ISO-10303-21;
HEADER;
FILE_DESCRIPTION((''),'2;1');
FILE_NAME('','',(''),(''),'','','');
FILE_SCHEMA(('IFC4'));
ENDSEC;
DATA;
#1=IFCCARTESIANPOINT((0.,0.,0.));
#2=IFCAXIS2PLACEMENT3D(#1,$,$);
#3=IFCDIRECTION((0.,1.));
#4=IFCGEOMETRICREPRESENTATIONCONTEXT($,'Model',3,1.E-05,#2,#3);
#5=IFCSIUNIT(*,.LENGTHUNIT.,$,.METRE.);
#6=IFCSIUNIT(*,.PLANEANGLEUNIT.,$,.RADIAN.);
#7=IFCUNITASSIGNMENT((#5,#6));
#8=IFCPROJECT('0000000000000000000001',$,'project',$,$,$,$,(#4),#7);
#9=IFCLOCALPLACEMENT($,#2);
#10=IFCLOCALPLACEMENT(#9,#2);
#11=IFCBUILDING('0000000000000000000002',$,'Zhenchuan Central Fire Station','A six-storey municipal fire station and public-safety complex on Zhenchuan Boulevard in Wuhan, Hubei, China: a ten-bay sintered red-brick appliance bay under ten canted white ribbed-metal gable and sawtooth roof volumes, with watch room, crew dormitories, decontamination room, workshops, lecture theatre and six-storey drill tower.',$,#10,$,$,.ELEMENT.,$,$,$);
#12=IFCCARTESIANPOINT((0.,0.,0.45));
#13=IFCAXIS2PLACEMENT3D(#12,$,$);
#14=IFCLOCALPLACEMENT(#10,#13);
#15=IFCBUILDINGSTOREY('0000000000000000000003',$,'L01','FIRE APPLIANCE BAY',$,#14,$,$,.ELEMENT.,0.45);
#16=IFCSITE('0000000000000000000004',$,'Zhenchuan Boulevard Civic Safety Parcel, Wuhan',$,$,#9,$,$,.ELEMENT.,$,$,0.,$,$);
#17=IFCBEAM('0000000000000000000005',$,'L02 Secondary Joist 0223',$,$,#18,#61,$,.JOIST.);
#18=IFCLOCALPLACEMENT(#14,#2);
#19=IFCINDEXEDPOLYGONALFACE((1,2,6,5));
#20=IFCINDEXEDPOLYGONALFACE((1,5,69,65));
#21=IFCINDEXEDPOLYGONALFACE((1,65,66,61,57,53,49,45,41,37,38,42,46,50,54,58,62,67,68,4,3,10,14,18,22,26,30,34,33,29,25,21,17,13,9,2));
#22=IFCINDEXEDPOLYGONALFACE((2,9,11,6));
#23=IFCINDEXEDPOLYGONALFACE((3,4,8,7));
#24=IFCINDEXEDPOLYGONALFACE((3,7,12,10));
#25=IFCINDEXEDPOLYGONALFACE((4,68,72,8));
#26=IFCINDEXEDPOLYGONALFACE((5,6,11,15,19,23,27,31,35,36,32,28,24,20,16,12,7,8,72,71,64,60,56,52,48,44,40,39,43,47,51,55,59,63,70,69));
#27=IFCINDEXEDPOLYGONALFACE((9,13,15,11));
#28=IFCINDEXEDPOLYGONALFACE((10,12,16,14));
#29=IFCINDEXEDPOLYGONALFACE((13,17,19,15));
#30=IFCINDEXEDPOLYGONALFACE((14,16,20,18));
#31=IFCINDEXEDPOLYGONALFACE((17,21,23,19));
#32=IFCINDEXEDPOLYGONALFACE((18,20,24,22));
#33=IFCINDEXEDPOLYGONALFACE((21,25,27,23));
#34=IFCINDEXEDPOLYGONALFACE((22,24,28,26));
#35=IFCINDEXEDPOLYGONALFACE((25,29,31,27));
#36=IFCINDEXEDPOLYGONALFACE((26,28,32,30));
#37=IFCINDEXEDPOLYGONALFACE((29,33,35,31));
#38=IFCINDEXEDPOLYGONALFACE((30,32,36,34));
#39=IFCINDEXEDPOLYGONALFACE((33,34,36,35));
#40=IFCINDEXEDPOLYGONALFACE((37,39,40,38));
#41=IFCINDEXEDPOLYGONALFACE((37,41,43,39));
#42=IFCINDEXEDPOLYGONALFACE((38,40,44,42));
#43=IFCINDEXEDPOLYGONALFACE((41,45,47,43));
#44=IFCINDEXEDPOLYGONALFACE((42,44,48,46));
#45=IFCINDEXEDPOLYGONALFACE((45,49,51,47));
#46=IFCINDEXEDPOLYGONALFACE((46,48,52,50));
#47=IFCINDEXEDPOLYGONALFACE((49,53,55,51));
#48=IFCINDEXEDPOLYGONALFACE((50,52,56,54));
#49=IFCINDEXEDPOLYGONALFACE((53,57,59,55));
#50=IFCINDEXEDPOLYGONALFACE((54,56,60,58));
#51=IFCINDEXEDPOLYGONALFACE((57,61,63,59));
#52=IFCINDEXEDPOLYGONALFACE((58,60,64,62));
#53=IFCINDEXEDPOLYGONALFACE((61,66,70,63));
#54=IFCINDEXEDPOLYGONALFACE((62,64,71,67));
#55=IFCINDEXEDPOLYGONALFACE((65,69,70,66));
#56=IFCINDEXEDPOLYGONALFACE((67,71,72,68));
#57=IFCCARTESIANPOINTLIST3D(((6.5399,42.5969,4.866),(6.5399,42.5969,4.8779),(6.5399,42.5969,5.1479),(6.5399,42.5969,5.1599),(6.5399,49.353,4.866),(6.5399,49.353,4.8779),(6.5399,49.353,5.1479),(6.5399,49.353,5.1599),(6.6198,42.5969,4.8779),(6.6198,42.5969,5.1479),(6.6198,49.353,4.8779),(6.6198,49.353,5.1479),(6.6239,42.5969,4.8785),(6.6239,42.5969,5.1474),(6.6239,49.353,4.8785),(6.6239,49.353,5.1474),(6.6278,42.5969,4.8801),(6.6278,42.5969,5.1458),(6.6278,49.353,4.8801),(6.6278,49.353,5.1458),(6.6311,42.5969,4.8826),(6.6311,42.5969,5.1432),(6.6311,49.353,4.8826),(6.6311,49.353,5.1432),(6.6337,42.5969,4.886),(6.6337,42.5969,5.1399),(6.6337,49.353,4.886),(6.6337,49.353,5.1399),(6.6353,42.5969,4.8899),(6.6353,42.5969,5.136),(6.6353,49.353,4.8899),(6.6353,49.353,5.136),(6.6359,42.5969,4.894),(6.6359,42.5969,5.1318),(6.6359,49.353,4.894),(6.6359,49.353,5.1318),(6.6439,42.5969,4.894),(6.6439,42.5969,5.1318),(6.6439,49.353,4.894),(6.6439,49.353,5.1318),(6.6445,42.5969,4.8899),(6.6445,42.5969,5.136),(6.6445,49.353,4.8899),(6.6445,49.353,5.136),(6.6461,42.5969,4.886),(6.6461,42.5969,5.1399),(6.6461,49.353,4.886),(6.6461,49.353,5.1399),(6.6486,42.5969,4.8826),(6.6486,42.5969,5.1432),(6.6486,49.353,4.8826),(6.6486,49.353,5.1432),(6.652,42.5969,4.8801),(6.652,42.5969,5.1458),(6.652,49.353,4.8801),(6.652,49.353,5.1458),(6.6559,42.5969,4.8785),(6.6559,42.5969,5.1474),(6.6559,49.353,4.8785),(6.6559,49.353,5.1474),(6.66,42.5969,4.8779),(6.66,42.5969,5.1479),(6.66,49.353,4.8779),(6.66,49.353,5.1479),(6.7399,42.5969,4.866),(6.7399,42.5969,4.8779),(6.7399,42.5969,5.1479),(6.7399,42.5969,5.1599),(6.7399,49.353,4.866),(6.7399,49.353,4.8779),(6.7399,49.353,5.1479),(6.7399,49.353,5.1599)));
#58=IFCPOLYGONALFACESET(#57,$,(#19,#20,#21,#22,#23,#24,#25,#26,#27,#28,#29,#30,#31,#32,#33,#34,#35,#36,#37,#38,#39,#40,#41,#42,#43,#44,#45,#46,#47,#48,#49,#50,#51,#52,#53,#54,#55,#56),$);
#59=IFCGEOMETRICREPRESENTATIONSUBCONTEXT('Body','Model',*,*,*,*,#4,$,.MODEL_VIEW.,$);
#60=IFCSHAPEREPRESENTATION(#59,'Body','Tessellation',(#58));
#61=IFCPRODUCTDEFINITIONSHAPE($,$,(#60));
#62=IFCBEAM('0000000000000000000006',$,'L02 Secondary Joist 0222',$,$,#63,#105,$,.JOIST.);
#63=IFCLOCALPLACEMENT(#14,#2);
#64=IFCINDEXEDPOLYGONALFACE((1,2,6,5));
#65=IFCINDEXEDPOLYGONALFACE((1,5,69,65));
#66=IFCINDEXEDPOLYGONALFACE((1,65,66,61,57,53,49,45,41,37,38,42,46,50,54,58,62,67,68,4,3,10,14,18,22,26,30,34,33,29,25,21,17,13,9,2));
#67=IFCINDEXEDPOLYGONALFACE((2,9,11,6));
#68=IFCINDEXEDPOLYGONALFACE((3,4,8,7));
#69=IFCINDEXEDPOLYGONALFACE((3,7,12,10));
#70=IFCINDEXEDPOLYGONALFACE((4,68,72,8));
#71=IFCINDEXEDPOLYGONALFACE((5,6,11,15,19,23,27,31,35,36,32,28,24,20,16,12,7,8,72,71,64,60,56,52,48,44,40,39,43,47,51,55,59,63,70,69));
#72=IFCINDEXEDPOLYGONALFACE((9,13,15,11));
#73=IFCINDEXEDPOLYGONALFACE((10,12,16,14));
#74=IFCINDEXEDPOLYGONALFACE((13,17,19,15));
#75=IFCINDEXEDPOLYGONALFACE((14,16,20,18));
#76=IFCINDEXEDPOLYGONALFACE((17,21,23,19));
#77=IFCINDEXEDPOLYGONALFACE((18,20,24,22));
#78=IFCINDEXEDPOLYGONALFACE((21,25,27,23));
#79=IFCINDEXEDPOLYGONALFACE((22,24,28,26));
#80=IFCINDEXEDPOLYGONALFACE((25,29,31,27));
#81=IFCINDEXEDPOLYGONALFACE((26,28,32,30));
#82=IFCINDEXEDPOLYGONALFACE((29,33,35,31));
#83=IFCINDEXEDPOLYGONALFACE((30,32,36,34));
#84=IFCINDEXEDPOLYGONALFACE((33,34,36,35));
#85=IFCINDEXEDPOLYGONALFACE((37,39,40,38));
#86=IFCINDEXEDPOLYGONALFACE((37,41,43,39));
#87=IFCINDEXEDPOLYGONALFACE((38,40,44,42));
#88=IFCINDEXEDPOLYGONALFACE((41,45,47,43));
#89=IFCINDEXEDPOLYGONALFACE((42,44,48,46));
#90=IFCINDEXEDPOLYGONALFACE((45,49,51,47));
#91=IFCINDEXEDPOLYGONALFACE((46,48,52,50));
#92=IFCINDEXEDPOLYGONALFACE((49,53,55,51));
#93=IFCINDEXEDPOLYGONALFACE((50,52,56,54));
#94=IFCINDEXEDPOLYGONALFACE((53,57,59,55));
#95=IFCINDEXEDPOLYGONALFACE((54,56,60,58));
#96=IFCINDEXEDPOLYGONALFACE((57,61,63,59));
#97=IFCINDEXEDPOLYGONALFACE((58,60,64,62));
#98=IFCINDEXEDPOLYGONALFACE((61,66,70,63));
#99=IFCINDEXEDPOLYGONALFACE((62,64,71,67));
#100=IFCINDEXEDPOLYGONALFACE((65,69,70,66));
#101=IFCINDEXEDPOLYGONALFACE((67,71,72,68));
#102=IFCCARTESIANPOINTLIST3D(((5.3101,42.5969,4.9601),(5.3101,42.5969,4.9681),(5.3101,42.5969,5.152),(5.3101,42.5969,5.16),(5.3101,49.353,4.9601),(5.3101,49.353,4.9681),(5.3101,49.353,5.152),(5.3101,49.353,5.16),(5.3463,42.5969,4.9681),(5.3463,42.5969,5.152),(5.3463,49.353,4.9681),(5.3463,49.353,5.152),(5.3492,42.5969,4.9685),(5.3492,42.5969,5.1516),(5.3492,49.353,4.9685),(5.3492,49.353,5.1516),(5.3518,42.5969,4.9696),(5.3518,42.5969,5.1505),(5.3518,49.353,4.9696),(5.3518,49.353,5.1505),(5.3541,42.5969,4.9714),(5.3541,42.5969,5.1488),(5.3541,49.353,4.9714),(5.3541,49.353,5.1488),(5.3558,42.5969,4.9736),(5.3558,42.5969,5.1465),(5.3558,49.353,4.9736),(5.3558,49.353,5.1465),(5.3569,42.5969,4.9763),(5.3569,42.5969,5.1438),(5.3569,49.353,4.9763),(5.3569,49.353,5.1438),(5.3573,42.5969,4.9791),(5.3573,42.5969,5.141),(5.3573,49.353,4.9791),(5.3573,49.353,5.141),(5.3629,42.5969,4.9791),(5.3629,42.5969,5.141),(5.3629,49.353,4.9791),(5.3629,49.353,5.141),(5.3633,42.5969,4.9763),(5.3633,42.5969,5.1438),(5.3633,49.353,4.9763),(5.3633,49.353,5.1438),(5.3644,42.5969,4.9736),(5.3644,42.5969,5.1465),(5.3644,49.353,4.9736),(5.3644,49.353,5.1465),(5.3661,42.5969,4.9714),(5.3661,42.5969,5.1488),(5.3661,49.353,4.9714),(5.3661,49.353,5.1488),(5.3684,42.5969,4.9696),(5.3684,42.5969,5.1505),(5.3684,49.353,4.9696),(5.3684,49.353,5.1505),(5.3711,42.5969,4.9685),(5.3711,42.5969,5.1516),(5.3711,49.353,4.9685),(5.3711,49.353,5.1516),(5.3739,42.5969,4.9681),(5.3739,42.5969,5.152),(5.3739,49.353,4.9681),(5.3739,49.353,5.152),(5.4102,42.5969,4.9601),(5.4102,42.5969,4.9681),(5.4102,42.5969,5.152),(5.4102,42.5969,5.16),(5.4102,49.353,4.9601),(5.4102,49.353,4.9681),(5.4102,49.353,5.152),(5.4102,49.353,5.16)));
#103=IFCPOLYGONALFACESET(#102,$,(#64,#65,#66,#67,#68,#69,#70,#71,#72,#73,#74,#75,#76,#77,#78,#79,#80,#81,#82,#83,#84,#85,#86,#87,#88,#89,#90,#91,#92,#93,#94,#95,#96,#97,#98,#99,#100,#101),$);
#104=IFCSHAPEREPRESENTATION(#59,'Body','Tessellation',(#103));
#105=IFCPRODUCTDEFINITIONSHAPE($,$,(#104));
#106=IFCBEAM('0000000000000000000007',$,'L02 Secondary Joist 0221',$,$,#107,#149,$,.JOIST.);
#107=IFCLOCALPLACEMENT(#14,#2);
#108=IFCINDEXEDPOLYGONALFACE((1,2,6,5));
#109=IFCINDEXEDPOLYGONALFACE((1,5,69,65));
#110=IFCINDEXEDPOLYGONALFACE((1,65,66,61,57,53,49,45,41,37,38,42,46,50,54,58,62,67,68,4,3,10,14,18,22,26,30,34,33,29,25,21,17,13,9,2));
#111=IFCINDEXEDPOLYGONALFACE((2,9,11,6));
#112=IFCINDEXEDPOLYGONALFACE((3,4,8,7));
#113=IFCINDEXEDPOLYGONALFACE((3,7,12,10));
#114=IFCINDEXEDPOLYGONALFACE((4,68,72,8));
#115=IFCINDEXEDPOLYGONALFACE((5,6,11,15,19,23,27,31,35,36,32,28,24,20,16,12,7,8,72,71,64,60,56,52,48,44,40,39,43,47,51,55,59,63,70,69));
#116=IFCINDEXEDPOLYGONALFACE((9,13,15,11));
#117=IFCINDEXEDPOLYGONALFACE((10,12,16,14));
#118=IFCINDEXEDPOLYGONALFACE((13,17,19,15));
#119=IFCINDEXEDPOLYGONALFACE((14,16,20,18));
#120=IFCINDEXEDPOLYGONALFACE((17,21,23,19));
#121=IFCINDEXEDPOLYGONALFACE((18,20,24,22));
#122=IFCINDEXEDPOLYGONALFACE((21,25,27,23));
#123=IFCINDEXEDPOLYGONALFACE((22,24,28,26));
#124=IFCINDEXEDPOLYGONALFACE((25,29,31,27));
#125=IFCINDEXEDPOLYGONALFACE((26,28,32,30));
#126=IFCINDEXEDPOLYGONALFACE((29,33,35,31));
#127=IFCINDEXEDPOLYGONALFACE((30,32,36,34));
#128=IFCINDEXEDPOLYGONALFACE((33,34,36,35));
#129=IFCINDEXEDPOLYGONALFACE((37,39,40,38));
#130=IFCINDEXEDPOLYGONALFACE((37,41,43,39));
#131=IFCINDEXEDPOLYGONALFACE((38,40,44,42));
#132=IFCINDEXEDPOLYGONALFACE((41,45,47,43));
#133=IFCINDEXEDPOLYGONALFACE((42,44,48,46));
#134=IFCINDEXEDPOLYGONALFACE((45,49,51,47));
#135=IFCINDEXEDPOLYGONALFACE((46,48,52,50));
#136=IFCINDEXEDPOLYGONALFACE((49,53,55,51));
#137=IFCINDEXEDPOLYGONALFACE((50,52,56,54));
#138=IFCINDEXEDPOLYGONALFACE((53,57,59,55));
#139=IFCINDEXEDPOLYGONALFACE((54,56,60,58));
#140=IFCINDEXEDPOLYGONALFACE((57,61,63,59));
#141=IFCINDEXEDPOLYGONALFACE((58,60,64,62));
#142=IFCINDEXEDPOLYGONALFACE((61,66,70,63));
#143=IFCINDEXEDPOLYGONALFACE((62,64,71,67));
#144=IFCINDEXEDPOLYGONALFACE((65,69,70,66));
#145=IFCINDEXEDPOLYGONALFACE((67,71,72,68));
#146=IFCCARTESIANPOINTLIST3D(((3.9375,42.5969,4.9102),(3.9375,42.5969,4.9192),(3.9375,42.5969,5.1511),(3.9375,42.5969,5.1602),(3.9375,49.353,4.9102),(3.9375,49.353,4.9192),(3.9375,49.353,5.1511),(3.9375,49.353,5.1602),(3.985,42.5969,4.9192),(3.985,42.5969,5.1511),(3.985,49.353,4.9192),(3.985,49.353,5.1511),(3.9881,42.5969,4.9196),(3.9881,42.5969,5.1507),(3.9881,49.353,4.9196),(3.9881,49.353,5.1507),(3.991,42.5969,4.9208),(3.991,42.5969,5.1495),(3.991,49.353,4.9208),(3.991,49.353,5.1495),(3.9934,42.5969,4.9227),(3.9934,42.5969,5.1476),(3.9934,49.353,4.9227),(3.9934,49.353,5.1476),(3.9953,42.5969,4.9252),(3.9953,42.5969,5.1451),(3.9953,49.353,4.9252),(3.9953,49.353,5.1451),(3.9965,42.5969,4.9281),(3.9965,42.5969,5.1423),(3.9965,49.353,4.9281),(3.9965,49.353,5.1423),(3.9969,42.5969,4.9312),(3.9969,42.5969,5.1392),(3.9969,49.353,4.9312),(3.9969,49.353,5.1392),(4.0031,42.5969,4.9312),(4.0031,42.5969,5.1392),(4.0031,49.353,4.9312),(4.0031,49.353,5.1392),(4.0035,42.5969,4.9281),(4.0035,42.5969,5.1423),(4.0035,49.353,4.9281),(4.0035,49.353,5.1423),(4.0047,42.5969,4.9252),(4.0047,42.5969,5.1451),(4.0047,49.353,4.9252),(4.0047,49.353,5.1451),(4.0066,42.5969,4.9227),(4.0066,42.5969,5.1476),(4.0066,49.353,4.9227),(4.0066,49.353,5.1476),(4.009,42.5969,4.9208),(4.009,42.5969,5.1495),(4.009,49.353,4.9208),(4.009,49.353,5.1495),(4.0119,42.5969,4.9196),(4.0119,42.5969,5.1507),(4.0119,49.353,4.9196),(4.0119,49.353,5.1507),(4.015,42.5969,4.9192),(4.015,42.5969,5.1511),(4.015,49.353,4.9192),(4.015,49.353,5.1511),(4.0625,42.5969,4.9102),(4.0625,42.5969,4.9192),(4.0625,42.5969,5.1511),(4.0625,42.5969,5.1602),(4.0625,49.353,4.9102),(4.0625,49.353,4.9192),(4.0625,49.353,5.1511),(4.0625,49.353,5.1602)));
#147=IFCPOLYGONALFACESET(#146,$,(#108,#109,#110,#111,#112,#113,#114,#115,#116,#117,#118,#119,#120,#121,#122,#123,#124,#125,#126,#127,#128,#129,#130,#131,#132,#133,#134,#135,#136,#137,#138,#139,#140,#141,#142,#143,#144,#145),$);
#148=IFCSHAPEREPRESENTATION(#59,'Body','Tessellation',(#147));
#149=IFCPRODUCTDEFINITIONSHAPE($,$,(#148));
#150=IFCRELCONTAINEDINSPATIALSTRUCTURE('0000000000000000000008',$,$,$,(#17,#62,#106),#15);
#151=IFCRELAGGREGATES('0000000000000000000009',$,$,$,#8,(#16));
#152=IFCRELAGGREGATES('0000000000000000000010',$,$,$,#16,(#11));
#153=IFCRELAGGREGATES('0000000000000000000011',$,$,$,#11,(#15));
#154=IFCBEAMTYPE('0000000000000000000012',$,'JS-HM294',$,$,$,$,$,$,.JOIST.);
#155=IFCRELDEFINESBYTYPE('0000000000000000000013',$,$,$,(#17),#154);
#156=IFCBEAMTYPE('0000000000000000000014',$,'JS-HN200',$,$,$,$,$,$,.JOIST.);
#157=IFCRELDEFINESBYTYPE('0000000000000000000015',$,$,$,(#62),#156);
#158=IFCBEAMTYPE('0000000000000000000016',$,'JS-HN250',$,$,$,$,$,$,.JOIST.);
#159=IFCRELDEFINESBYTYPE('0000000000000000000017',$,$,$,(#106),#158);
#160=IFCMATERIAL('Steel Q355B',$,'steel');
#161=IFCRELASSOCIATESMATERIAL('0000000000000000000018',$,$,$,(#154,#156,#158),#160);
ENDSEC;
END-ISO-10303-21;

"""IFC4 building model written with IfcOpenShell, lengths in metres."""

from ifc_helpers import new_model, si_unit, direction, frame, origin, origin_2d, place, context, subcontext, project, spatial, i_section, extrude, material, material_profile, profile_set, type_object, element, save


model = new_model("IFC4")

# Units and contexts
model_context = context("Model", 3, precision=1e-05, world=origin(), true_north=direction((0.0, 1.0)))
body_context = subcontext(model_context, "Body", "Model", "MODEL_VIEW")
ifc_project = project(units=[si_unit("LENGTHUNIT", "METRE"), si_unit("PLANEANGLEUNIT", "RADIAN")], contexts=[model_context])

# Site, building, storey
site_placement = place(None, origin())
site = spatial("IfcSite", under=ifc_project, at=site_placement, Name="Zhenchuan Boulevard Civic Safety Parcel, Wuhan", CompositionType="ELEMENT", RefElevation=0.0)
building_placement = place(site_placement, origin())
building = spatial("IfcBuilding", under=site, at=building_placement, Name="Zhenchuan Central Fire Station", Description="A six-storey municipal fire station and public-safety complex on Zhenchuan Boulevard in Wuhan, Hubei, China: a ten-bay sintered red-brick appliance bay under ten canted white ribbed-metal gable and sawtooth roof volumes, with watch room, crew dormitories, decontamination room, workshops, lecture theatre and six-storey drill tower.", CompositionType="ELEMENT")
storey_placement = place(building_placement, frame((0.0, 0.0, 0.45)))
storey = spatial("IfcBuildingStorey", under=building, at=storey_placement, Name="L01", Description="FIRE APPLIANCE BAY", CompositionType="ELEMENT", Elevation=0.45)

# Shared definitions
ifc_material_1 = material(Name="Steel Q355B", Category="steel")

# Beams
ifc_material_profile_1 = material_profile(ifc_material_1, i_section(OverallWidth=0.2, OverallDepth=0.2939, WebThickness=0.0081, FlangeThickness=0.012, FilletRadius=0.0161, at=origin_2d()), Name="HM 294x200")
ifc_profile_set_1 = profile_set([ifc_material_profile_1], Name="Steel Q355B")
beam_type_1 = type_object("IfcBeamType", Name="JS-HM294", PredefinedType="JOIST", material=ifc_profile_set_1)
beam_1_placement = place(storey_placement, frame((6.6399, 42.5969, 5.0129), z_axis=(0.0, 1.0, 0.0), x_axis=(-1.0, 0.0, 0.0)))
element("IfcBeam", 1, at=beam_1_placement, inside=storey, type_object=beam_type_1, Name="L02 Secondary Joist 0223", PredefinedType="JOIST", context=body_context, shape_type="SweptSolid", body=[
    extrude(i_section(OverallWidth=0.2, OverallDepth=0.2939, WebThickness=0.0081, FlangeThickness=0.012, FilletRadius=0.0161, at=origin_2d()), origin(), (0.0, 0.0, 1.0), 6.7561),
])
ifc_material_profile_2 = material_profile(ifc_material_1, i_section(OverallWidth=0.1001, OverallDepth=0.2, WebThickness=0.0056, FlangeThickness=0.0081, FilletRadius=0.011, at=origin_2d()), Name="HN 200x100")
ifc_profile_set_2 = profile_set([ifc_material_profile_2], Name="Steel Q355B")
beam_type_2 = type_object("IfcBeamType", Name="JS-HN200", PredefinedType="JOIST", material=ifc_profile_set_2)
beam_2_placement = place(storey_placement, frame((5.3601, 42.5969, 5.0601), z_axis=(0.0, 1.0, 0.0), x_axis=(-1.0, 0.0, 0.0)))
element("IfcBeam", 2, at=beam_2_placement, inside=storey, type_object=beam_type_2, Name="L02 Secondary Joist 0222", PredefinedType="JOIST", context=body_context, shape_type="SweptSolid", body=[
    extrude(i_section(OverallWidth=0.1001, OverallDepth=0.2, WebThickness=0.0056, FlangeThickness=0.0081, FilletRadius=0.011, at=origin_2d()), origin(), (0.0, 0.0, 1.0), 6.7561),
])
ifc_material_profile_3 = material_profile(ifc_material_1, i_section(OverallWidth=0.125, OverallDepth=0.25, WebThickness=0.0061, FlangeThickness=0.009, FilletRadius=0.012, at=origin_2d()), Name="HN 250x125")
ifc_profile_set_3 = profile_set([ifc_material_profile_3], Name="Steel Q355B")
beam_type_3 = type_object("IfcBeamType", Name="JS-HN250", PredefinedType="JOIST", material=ifc_profile_set_3)
beam_3_placement = place(storey_placement, frame((4.0, 42.5969, 5.0352), z_axis=(0.0, 1.0, 0.0), x_axis=(-1.0, 0.0, 0.0)))
element("IfcBeam", 3, at=beam_3_placement, inside=storey, type_object=beam_type_3, Name="L02 Secondary Joist 0221", PredefinedType="JOIST", context=body_context, shape_type="SweptSolid", body=[
    extrude(i_section(OverallWidth=0.125, OverallDepth=0.25, WebThickness=0.0061, FlangeThickness=0.009, FilletRadius=0.012, at=origin_2d()), origin(), (0.0, 0.0, 1.0), 6.7561),
])

save(model, "model.ifc")
